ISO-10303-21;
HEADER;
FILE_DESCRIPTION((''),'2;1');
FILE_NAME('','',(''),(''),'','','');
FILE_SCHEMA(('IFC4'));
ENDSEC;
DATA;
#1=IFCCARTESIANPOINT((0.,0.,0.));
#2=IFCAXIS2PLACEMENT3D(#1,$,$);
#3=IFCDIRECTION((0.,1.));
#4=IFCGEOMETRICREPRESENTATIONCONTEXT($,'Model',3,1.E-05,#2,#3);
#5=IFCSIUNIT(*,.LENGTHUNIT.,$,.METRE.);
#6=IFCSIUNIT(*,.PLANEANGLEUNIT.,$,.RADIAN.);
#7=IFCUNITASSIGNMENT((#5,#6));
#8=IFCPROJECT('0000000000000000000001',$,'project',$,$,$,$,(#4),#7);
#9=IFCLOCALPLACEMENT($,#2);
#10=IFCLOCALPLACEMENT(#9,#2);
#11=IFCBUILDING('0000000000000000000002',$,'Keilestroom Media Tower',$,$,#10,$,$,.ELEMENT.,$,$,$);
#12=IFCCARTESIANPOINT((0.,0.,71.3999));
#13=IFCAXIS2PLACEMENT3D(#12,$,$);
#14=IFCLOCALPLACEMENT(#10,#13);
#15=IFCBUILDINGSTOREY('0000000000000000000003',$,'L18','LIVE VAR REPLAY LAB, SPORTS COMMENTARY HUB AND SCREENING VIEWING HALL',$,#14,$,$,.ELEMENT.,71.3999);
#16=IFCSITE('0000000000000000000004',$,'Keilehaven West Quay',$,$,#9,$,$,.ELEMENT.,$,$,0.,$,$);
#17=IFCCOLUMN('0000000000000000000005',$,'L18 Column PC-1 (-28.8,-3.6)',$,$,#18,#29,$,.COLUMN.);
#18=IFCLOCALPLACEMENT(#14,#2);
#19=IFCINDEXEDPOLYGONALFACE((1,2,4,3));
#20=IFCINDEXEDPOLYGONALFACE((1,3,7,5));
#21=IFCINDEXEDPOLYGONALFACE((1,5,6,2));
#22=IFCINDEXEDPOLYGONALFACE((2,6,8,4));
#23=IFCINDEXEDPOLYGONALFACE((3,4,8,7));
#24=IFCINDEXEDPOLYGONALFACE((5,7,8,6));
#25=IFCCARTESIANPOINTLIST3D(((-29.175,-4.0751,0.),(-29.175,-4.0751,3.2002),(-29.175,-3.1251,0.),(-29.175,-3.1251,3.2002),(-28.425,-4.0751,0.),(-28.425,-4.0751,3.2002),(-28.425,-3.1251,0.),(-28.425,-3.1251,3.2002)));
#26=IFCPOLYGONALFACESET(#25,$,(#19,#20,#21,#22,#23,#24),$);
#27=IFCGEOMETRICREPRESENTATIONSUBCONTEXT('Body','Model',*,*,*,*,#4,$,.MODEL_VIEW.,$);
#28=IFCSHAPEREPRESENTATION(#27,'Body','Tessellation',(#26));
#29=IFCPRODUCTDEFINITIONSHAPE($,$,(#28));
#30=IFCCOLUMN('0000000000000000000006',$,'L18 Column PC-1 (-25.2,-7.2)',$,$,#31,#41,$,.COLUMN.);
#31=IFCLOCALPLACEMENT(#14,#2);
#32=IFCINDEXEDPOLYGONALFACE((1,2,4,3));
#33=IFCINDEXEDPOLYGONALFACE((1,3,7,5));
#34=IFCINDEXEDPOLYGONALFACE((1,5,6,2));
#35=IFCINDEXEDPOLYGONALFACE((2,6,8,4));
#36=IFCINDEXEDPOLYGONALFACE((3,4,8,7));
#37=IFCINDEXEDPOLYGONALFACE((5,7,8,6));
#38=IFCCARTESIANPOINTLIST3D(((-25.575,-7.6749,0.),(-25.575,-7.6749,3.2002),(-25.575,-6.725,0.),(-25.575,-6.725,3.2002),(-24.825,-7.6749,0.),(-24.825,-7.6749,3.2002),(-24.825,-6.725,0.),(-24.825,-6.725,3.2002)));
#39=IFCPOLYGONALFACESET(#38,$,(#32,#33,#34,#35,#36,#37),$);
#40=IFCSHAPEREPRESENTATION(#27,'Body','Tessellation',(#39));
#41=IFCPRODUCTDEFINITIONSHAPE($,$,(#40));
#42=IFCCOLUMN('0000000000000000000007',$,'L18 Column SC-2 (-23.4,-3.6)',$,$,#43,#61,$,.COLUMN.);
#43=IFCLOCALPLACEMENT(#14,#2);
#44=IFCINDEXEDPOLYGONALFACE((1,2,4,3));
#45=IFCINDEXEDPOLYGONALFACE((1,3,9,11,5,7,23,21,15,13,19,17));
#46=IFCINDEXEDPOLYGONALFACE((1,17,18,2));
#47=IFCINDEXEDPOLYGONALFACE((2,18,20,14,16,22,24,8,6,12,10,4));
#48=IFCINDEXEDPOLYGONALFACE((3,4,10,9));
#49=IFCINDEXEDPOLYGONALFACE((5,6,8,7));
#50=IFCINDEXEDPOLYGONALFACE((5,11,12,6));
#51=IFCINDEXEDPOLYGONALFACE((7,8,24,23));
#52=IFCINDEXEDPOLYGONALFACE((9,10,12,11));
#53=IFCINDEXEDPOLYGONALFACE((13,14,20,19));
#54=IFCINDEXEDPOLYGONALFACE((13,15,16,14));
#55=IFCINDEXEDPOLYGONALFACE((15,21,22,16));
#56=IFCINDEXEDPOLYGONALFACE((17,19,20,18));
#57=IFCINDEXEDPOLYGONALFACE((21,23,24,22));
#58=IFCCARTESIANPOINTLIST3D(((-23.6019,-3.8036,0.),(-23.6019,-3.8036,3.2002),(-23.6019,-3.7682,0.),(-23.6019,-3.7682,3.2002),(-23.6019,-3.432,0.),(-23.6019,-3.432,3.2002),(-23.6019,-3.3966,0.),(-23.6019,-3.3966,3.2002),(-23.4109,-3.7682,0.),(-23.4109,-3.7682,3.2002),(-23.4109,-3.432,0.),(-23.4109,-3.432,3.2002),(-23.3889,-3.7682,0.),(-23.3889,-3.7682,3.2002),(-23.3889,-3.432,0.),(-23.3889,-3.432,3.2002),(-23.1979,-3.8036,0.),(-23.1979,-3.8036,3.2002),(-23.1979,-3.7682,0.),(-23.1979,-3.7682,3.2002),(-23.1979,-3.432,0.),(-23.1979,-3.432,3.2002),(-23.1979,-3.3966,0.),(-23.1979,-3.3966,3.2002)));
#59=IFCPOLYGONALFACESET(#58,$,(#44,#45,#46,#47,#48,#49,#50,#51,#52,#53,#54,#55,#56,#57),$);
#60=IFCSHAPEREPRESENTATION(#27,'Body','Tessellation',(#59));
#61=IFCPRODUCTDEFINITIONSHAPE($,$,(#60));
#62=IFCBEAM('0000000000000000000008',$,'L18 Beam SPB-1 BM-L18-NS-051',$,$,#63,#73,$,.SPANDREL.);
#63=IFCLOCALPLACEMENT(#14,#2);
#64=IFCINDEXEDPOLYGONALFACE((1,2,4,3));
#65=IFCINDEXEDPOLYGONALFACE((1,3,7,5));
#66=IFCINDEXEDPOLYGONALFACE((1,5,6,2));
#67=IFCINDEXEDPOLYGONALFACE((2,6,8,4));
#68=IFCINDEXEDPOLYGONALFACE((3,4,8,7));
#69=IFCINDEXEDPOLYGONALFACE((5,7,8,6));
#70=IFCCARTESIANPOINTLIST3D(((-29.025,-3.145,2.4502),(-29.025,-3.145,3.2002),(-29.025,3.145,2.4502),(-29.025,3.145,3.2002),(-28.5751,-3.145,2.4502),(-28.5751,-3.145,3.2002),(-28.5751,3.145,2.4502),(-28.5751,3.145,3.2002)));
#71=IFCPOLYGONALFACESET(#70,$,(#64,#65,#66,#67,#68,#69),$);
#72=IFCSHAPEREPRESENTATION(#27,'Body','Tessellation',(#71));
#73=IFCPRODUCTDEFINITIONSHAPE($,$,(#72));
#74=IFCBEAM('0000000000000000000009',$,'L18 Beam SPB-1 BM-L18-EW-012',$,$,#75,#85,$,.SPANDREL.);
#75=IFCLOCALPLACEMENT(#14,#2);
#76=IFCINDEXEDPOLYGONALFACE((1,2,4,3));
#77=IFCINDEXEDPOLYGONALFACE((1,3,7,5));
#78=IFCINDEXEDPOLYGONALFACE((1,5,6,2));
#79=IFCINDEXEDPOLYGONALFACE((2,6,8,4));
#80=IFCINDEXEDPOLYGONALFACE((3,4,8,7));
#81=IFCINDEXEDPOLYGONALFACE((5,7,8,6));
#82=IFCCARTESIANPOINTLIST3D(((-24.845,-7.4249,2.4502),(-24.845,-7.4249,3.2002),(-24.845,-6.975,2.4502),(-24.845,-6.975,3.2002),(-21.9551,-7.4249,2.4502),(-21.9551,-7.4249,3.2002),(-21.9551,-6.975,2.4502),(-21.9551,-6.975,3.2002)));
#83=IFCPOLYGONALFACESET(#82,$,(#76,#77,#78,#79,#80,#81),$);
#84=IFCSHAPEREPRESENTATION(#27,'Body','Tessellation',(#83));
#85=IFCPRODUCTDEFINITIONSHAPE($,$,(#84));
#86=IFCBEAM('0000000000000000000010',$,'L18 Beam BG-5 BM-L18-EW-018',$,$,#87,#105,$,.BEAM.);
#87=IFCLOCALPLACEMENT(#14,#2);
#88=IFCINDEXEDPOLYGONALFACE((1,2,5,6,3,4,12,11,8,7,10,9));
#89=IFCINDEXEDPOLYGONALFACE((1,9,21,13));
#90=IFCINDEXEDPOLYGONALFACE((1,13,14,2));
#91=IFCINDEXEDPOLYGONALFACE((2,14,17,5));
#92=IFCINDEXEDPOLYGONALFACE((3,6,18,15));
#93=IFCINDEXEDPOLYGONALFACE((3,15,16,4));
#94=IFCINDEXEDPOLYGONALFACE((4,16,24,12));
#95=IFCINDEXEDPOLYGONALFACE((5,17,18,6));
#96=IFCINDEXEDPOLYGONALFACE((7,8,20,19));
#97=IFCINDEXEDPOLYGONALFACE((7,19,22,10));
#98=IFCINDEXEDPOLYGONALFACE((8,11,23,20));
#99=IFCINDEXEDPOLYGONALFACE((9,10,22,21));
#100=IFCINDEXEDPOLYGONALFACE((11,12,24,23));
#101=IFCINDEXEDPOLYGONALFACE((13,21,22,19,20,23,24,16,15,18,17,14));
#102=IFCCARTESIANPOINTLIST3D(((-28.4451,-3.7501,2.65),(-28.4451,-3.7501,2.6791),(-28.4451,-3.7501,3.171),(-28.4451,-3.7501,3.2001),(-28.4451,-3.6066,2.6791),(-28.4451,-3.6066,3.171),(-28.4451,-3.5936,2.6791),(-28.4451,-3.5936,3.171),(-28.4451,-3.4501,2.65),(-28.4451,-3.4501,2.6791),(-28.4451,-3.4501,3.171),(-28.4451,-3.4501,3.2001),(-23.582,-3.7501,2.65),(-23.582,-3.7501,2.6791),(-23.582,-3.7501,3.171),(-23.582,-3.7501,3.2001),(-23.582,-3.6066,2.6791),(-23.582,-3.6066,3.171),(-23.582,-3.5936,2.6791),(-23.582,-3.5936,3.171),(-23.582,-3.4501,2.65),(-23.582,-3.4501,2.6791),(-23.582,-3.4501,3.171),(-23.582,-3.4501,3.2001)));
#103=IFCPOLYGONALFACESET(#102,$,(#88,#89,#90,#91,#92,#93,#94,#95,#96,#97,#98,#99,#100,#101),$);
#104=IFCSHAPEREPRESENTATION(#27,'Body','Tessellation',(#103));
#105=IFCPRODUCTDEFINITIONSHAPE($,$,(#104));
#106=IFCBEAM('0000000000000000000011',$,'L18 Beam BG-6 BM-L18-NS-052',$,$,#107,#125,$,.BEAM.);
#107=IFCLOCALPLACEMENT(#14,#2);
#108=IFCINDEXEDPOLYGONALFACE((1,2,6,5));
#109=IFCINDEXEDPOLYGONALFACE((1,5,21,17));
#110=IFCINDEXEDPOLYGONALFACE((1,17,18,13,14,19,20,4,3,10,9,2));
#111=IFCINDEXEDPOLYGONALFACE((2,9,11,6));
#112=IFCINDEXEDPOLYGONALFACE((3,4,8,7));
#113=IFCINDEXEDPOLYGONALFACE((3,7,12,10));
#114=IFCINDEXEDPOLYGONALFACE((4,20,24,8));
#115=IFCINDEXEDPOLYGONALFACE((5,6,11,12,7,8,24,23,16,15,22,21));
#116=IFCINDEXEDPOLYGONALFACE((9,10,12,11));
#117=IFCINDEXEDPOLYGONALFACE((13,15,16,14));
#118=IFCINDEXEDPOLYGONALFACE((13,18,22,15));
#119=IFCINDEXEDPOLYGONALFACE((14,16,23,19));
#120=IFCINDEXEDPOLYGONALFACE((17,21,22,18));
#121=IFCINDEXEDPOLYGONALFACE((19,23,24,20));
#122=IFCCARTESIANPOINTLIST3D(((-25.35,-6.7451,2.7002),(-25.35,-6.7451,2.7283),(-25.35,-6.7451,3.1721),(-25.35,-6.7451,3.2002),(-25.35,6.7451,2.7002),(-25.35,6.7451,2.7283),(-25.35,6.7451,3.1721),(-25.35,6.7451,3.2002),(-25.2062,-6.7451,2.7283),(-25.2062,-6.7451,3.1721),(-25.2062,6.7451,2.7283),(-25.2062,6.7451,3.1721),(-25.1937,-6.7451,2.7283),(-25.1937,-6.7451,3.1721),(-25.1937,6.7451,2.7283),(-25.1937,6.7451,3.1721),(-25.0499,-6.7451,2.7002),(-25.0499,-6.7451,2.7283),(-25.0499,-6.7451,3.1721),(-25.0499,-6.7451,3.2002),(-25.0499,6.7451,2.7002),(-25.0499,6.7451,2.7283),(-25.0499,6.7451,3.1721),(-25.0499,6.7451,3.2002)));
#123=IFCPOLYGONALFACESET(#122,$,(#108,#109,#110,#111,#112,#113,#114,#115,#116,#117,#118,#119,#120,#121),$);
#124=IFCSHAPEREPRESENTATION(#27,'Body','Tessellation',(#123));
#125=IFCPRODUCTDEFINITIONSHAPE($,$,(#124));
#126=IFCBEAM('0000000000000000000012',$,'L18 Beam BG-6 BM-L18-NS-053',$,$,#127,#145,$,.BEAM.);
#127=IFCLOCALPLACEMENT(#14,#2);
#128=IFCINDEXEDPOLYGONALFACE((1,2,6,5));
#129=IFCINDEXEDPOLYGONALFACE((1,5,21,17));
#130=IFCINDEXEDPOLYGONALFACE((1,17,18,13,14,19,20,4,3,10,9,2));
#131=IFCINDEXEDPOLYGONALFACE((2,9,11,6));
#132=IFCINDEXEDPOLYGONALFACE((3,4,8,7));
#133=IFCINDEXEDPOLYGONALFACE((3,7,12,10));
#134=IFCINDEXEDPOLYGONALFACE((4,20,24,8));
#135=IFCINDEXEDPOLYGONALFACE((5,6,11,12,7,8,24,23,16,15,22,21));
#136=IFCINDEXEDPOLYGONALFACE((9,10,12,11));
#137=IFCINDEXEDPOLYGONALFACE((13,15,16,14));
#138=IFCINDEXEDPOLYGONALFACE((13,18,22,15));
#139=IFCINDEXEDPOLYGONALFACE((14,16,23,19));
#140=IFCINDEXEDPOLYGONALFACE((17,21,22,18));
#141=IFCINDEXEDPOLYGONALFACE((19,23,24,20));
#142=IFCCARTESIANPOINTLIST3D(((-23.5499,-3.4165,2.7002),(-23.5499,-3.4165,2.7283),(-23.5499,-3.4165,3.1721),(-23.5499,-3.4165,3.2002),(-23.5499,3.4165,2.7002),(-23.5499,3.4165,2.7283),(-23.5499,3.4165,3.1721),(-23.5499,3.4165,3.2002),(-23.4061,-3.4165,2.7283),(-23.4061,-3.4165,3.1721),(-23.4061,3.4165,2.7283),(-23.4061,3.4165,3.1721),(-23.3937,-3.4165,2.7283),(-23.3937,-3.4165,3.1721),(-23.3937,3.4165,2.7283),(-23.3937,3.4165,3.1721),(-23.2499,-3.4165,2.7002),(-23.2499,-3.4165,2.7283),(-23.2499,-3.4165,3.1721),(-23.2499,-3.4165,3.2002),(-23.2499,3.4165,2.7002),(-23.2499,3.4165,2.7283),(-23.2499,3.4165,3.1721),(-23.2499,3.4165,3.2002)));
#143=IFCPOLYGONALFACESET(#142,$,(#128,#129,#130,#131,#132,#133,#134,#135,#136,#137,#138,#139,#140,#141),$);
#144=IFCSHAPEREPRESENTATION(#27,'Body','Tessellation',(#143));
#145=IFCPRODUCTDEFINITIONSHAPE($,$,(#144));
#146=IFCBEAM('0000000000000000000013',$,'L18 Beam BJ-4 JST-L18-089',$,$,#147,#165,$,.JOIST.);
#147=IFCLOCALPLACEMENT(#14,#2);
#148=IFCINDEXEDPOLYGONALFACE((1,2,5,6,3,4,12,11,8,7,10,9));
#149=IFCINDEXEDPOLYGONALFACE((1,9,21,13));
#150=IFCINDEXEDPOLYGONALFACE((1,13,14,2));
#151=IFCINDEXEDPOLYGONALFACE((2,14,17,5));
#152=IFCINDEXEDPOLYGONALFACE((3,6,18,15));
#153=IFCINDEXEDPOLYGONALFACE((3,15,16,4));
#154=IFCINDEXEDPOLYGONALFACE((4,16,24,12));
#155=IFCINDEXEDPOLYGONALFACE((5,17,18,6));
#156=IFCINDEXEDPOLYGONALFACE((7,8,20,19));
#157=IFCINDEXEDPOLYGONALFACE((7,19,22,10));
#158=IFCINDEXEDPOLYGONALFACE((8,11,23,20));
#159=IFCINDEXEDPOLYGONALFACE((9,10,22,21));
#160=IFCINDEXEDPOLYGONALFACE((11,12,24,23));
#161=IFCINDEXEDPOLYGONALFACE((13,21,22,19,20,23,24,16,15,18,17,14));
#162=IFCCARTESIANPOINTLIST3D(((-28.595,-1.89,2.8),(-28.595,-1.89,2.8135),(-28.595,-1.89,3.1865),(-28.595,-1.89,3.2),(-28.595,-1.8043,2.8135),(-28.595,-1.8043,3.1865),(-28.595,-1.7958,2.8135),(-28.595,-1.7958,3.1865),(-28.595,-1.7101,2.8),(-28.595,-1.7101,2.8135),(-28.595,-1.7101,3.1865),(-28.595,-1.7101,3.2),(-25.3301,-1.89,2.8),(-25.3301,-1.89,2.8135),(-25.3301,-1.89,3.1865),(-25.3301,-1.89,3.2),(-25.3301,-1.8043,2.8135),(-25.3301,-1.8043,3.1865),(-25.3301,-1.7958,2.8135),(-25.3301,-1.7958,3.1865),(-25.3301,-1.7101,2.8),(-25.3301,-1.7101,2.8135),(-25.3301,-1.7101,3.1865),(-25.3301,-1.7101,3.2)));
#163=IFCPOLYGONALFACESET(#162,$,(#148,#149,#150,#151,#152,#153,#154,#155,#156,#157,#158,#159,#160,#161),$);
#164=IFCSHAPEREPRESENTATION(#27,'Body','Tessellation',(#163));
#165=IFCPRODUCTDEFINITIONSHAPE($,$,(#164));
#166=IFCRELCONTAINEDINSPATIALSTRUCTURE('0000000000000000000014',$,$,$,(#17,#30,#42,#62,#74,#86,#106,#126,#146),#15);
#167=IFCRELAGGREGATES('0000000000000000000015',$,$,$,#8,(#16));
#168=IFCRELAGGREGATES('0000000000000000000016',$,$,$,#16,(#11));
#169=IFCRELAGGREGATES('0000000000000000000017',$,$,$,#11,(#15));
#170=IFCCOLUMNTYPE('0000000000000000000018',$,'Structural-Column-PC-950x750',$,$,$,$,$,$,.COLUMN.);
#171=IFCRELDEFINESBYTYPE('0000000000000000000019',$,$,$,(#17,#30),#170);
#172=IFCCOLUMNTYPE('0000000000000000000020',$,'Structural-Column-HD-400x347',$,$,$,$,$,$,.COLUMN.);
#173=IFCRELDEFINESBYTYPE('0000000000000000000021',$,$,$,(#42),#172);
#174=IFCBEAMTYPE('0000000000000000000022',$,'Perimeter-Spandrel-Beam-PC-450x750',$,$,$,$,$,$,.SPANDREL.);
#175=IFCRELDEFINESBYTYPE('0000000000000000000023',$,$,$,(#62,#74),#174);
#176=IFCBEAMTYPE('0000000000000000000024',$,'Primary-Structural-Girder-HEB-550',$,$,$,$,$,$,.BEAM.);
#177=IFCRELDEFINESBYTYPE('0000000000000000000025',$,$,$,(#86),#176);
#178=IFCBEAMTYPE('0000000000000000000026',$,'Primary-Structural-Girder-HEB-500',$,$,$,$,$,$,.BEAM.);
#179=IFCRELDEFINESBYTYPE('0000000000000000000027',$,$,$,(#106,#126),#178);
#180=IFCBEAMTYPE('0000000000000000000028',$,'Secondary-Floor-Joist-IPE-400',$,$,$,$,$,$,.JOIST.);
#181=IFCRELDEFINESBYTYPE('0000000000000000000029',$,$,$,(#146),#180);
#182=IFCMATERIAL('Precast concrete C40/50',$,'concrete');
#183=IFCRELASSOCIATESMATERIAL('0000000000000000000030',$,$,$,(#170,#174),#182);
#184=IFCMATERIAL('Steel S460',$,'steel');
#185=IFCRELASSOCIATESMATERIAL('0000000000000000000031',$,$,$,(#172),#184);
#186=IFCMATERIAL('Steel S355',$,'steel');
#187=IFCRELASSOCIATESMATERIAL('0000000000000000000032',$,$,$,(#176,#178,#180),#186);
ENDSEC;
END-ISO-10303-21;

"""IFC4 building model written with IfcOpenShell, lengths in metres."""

from ifc_helpers import new_model, si_unit, direction, frame, origin, origin_2d, place, context, subcontext, project, spatial, rectangle, i_section, extrude, source, transform, mapped, material, material_profile, profile_set, type_object, element, save


model = new_model("IFC4")

# Units and contexts
model_context = context("Model", 3, precision=1e-05, world=origin(), true_north=direction((0.0, 1.0)))
body_context = subcontext(model_context, "Body", "Model", "MODEL_VIEW")
ifc_project = project(units=[si_unit("LENGTHUNIT", "METRE"), si_unit("PLANEANGLEUNIT", "RADIAN")], contexts=[model_context])

# Site, building, storey
site_placement = place(None, origin())
site = spatial("IfcSite", under=ifc_project, at=site_placement, Name="Keilehaven West Quay", CompositionType="ELEMENT", RefElevation=0.0)
building_placement = place(site_placement, origin())
building = spatial("IfcBuilding", under=site, at=building_placement, Name="Keilestroom Media Tower", CompositionType="ELEMENT")
storey_placement = place(building_placement, frame((0.0, 0.0, 71.3999)))
storey = spatial("IfcBuildingStorey", under=building, at=storey_placement, Name="L18", Description="LIVE VAR REPLAY LAB, SPORTS COMMENTARY HUB AND SCREENING VIEWING HALL", CompositionType="ELEMENT", Elevation=71.3999)

# Columns
ifc_material_1 = material(Name="Precast concrete C40/50", Category="concrete")
ifc_material_profile_1 = material_profile(ifc_material_1, rectangle(XDim=0.75, YDim=0.95, at=origin_2d()), Name="PC 950x750")
ifc_profile_set_1 = profile_set([ifc_material_profile_1], Name="Precast concrete C40/50")
column_type_1 = type_object("IfcColumnType", Name="Structural-Column-PC-950x750", PredefinedType="COLUMN", material=ifc_profile_set_1)
shared_shape_1 = source(origin(), body_context, "Body", "SweptSolid", [
    extrude(rectangle(XDim=0.75, YDim=0.95, at=origin_2d()), origin(), (0.0, 0.0, 1.0), 3.2002),
])
for number, where, z_axis, x_axis, name in (
    (1, (-28.8, -3.6001, 0.0), (0.0, 0.0, 1.0), (1.0, 0.0, 0.0), "L18 Column PC-1 (-28.8,-3.6)"),
    (2, (-25.2, -7.2, 0.0), (0.0, 0.0, 1.0), (1.0, 0.0, 0.0), "L18 Column PC-1 (-25.2,-7.2)"),
):
    element("IfcColumn", number, at=place(storey_placement, frame(where, z_axis=z_axis, x_axis=x_axis)), inside=storey, type_object=column_type_1, Name=name, PredefinedType="COLUMN", context=body_context, shape_type="MappedRepresentation", body=[
        mapped(shared_shape_1, transform((0.0, 0.0, 0.0), x_axis=(1.0, 0.0, 0.0), y_axis=(0.0, 1.0, 0.0), z_axis=(0.0, 0.0, 1.0), scale=1.0)),
    ])
ifc_material_2 = material(Name="Steel S460", Category="steel")
ifc_material_profile_2 = material_profile(ifc_material_2, i_section(OverallWidth=0.4041, OverallDepth=0.407, WebThickness=0.022, FlangeThickness=0.0354, at=origin_2d()), Name="HD 400x347")
ifc_profile_set_2 = profile_set([ifc_material_profile_2], Name="Steel S460")
column_type_2 = type_object("IfcColumnType", Name="Structural-Column-HD-400x347", PredefinedType="COLUMN", material=ifc_profile_set_2)
shared_shape_2 = source(origin(), body_context, "Body", "SweptSolid", [
    extrude(i_section(OverallWidth=0.4041, OverallDepth=0.407, WebThickness=0.022, FlangeThickness=0.0354, at=origin_2d()), origin(), (0.0, 0.0, 1.0), 3.2002),
])
column_placement = place(storey_placement, frame((-23.3999, -3.6001, 0.0), z_axis=(0.0, 0.0, 1.0), x_axis=(1.0, 0.0, 0.0)))
element("IfcColumn", 3, at=column_placement, inside=storey, type_object=column_type_2, Name="L18 Column SC-2 (-23.4,-3.6)", PredefinedType="COLUMN", context=body_context, shape_type="MappedRepresentation", body=[
    mapped(shared_shape_2, transform((0.0, 0.0, 0.0), x_axis=(1.0, 0.0, 0.0), y_axis=(0.0, 1.0, 0.0), z_axis=(0.0, 0.0, 1.0), scale=1.0)),
])

# Beams
ifc_material_profile_3 = material_profile(ifc_material_1, rectangle(XDim=0.45, YDim=0.75, at=origin_2d()), Name="PC 450x750")
ifc_profile_set_3 = profile_set([ifc_material_profile_3], Name="Precast concrete C40/50")
beam_type_1 = type_object("IfcBeamType", Name="Perimeter-Spandrel-Beam-PC-450x750", PredefinedType="SPANDREL", material=ifc_profile_set_3)
shared_shape_3 = source(origin(), body_context, "Body", "SweptSolid", [
    extrude(rectangle(XDim=0.45, YDim=0.75, at=origin_2d()), origin(), (0.0, 0.0, 1.0), 6.29),
])
beam_1_placement = place(storey_placement, frame((-28.8, -3.145, 2.8252), z_axis=(0.0, 1.0, 0.0), x_axis=(-1.0, 0.0, 0.0)))
element("IfcBeam", 4, at=beam_1_placement, inside=storey, type_object=beam_type_1, Name="L18 Beam SPB-1 BM-L18-NS-051", PredefinedType="SPANDREL", context=body_context, shape_type="MappedRepresentation", body=[
    mapped(shared_shape_3, transform((0.0, 0.0, 0.0), x_axis=(1.0, 0.0, 0.0), y_axis=(0.0, 1.0, 0.0), z_axis=(0.0, 0.0, 1.0), scale=1.0)),
])
shared_shape_4 = source(origin(), body_context, "Body", "SweptSolid", [
    extrude(rectangle(XDim=0.45, YDim=0.75, at=origin_2d()), origin(), (0.0, 0.0, 1.0), 2.8899),
])
beam_2_placement = place(storey_placement, frame((-24.845, -7.2, 2.8252), z_axis=(1.0, 0.0, 0.0), x_axis=(0.0, 1.0, 0.0)))
element("IfcBeam", 5, at=beam_2_placement, inside=storey, type_object=beam_type_1, Name="L18 Beam SPB-1 BM-L18-EW-012", PredefinedType="SPANDREL", context=body_context, shape_type="MappedRepresentation", body=[
    mapped(shared_shape_4, transform((0.0, 0.0, 0.0), x_axis=(1.0, 0.0, 0.0), y_axis=(0.0, 1.0, 0.0), z_axis=(0.0, 0.0, 1.0), scale=1.0)),
])
ifc_material_3 = material(Name="Steel S355", Category="steel")
ifc_material_profile_4 = material_profile(ifc_material_3, i_section(OverallWidth=0.3, OverallDepth=0.55, WebThickness=0.0129, FlangeThickness=0.0291, at=origin_2d()), Name="HEB 550")
ifc_profile_set_4 = profile_set([ifc_material_profile_4], Name="Steel S355")
beam_type_2 = type_object("IfcBeamType", Name="Primary-Structural-Girder-HEB-550", PredefinedType="BEAM", material=ifc_profile_set_4)
shared_shape_5 = source(origin(), body_context, "Body", "SweptSolid", [
    extrude(i_section(OverallWidth=0.3, OverallDepth=0.55, WebThickness=0.0129, FlangeThickness=0.0291, at=origin_2d()), origin(), (0.0, 0.0, 1.0), 4.863),
])
beam_3_placement = place(storey_placement, frame((-28.4451, -3.6001, 2.925), z_axis=(1.0, 0.0, 0.0), x_axis=(0.0, 1.0, 0.0)))
element("IfcBeam", 6, at=beam_3_placement, inside=storey, type_object=beam_type_2, Name="L18 Beam BG-5 BM-L18-EW-018", PredefinedType="BEAM", context=body_context, shape_type="MappedRepresentation", body=[
    mapped(shared_shape_5, transform((0.0, 0.0, 0.0), x_axis=(1.0, 0.0, 0.0), y_axis=(0.0, 1.0, 0.0), z_axis=(0.0, 0.0, 1.0), scale=1.0)),
])
ifc_material_profile_5 = material_profile(ifc_material_3, i_section(OverallWidth=0.3, OverallDepth=0.5, WebThickness=0.0125, FlangeThickness=0.0281, at=origin_2d()), Name="HEB 500")
ifc_profile_set_5 = profile_set([ifc_material_profile_5], Name="Steel S355")
beam_type_3 = type_object("IfcBeamType", Name="Primary-Structural-Girder-HEB-500", PredefinedType="BEAM", material=ifc_profile_set_5)
shared_shape_6 = source(origin(), body_context, "Body", "SweptSolid", [
    extrude(i_section(OverallWidth=0.3, OverallDepth=0.5, WebThickness=0.0125, FlangeThickness=0.0281, at=origin_2d()), origin(), (0.0, 0.0, 1.0), 13.4902),
])
beam_4_placement = place(storey_placement, frame((-25.2, -6.7451, 2.9502), z_axis=(0.0, 1.0, 0.0), x_axis=(-1.0, 0.0, 0.0)))
element("IfcBeam", 7, at=beam_4_placement, inside=storey, type_object=beam_type_3, Name="L18 Beam BG-6 BM-L18-NS-052", PredefinedType="BEAM", context=body_context, shape_type="MappedRepresentation", body=[
    mapped(shared_shape_6, transform((0.0, 0.0, 0.0), x_axis=(1.0, 0.0, 0.0), y_axis=(0.0, 1.0, 0.0), z_axis=(0.0, 0.0, 1.0), scale=1.0)),
])
shared_shape_7 = source(origin(), body_context, "Body", "SweptSolid", [
    extrude(i_section(OverallWidth=0.3, OverallDepth=0.5, WebThickness=0.0125, FlangeThickness=0.0281, at=origin_2d()), origin(), (0.0, 0.0, 1.0), 6.833),
])
beam_5_placement = place(storey_placement, frame((-23.3999, -3.4165, 2.9502), z_axis=(0.0, 1.0, 0.0), x_axis=(-1.0, 0.0, 0.0)))
element("IfcBeam", 8, at=beam_5_placement, inside=storey, type_object=beam_type_3, Name="L18 Beam BG-6 BM-L18-NS-053", PredefinedType="BEAM", context=body_context, shape_type="MappedRepresentation", body=[
    mapped(shared_shape_7, transform((0.0, 0.0, 0.0), x_axis=(1.0, 0.0, 0.0), y_axis=(0.0, 1.0, 0.0), z_axis=(0.0, 0.0, 1.0), scale=1.0)),
])
ifc_material_profile_6 = material_profile(ifc_material_3, i_section(OverallWidth=0.1799, OverallDepth=0.3999, WebThickness=0.0085, FlangeThickness=0.0134, at=origin_2d()), Name="IPE 400")
ifc_profile_set_6 = profile_set([ifc_material_profile_6], Name="Steel S355")
beam_type_4 = type_object("IfcBeamType", Name="Secondary-Floor-Joist-IPE-400", PredefinedType="JOIST", material=ifc_profile_set_6)
shared_shape_8 = source(origin(), body_context, "Body", "SweptSolid", [
    extrude(i_section(OverallWidth=0.1799, OverallDepth=0.3999, WebThickness=0.0085, FlangeThickness=0.0134, at=origin_2d()), origin(), (0.0, 0.0, 1.0), 3.2649),
])
beam_6_placement = place(storey_placement, frame((-28.595, -1.8, 3.0), z_axis=(1.0, 0.0, 0.0), x_axis=(0.0, 1.0, 0.0)))
element("IfcBeam", 9, at=beam_6_placement, inside=storey, type_object=beam_type_4, Name="L18 Beam BJ-4 JST-L18-089", PredefinedType="JOIST", context=body_context, shape_type="MappedRepresentation", body=[
    mapped(shared_shape_8, transform((0.0, 0.0, 0.0), x_axis=(1.0, 0.0, 0.0), y_axis=(0.0, 1.0, 0.0), z_axis=(0.0, 0.0, 1.0), scale=1.0)),
])

save(model, "model.ifc")
